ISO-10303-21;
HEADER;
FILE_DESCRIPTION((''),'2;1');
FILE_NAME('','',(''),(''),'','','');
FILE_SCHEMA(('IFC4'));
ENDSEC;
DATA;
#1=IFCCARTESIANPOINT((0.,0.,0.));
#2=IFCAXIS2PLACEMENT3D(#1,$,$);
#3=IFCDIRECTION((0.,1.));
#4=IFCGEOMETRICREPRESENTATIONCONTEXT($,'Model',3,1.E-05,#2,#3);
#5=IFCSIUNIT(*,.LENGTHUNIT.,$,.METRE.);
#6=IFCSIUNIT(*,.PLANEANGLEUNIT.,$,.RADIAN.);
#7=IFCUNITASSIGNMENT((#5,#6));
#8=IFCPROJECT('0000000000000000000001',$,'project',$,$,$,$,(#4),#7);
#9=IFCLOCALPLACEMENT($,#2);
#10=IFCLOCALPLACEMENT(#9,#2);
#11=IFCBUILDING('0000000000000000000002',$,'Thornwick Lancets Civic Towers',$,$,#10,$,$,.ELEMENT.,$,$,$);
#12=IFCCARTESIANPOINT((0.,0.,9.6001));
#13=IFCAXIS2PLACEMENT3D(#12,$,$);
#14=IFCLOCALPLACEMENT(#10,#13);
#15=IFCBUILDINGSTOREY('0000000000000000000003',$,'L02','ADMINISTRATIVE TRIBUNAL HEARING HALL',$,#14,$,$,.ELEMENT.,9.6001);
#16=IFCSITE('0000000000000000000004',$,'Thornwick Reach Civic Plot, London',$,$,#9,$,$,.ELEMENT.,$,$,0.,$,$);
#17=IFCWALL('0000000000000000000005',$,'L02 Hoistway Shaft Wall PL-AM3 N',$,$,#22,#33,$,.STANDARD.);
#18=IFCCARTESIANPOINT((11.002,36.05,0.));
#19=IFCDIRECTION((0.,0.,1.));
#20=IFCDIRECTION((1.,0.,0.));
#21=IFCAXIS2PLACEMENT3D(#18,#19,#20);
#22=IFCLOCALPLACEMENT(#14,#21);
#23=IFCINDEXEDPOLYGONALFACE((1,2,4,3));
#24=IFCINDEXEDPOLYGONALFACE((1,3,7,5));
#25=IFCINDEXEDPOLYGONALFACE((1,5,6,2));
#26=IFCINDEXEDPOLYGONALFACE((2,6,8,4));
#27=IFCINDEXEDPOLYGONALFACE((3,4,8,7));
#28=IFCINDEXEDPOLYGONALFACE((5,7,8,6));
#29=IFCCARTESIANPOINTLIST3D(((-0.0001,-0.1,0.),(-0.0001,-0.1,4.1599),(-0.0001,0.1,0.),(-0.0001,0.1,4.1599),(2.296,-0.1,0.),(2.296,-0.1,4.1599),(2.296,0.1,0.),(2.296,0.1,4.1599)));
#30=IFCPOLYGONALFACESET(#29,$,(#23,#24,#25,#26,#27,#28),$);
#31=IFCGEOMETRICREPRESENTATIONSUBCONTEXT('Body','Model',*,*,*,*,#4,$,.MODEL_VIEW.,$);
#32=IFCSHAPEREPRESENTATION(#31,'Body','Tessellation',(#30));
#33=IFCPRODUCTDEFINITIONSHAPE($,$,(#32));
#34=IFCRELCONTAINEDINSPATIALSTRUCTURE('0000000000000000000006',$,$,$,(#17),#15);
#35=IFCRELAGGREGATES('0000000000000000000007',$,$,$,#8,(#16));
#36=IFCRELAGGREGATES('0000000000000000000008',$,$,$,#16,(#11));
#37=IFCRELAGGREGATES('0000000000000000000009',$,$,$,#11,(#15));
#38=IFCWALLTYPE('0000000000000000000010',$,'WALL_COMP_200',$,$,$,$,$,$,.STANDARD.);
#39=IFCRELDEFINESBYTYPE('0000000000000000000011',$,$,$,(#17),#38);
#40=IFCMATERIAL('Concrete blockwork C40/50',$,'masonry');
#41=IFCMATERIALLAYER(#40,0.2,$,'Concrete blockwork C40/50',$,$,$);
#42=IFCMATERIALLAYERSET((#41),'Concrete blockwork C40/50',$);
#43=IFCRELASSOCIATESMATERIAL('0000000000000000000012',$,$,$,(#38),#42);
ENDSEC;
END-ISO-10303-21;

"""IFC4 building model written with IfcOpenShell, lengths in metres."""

from ifc_helpers import new_model, si_unit, direction, frame, frame_2d, origin, place, context, subcontext, project, spatial, rectangle, extrude, material, layer, layer_set, type_object, element, save


model = new_model("IFC4")

# Units and contexts
model_context = context("Model", 3, precision=1e-05, world=origin(), true_north=direction((0.0, 1.0)))
body_context = subcontext(model_context, "Body", "Model", "MODEL_VIEW")
ifc_project = project(units=[si_unit("LENGTHUNIT", "METRE"), si_unit("PLANEANGLEUNIT", "RADIAN")], contexts=[model_context])

# Site, building, storey
site_placement = place(None, origin())
site = spatial("IfcSite", under=ifc_project, at=site_placement, Name="Thornwick Reach Civic Plot, London", CompositionType="ELEMENT", RefElevation=0.0)
building_placement = place(site_placement, origin())
building = spatial("IfcBuilding", under=site, at=building_placement, Name="Thornwick Lancets Civic Towers", CompositionType="ELEMENT")
storey_placement = place(building_placement, frame((0.0, 0.0, 9.6001)))
storey = spatial("IfcBuildingStorey", under=building, at=storey_placement, Name="L02", Description="ADMINISTRATIVE TRIBUNAL HEARING HALL", CompositionType="ELEMENT", Elevation=9.6001)

# Shared definitions
ifc_material_1 = material(Name="Concrete blockwork C40/50", Category="masonry")
ifc_layer_1 = layer(ifc_material_1, 0.2, Name="Concrete blockwork C40/50")
ifc_layer_set_1 = layer_set([ifc_layer_1], Name="Concrete blockwork C40/50")
wall_type_1 = type_object("IfcWallType", Name="WALL_COMP_200", PredefinedType="STANDARD", material=ifc_layer_set_1)

# Wall
wall_1_placement = place(storey_placement, frame((11.002, 36.05, 0.0), z_axis=(0.0, 0.0, 1.0), x_axis=(1.0, 0.0, 0.0)))
element("IfcWall", 1, at=wall_1_placement, inside=storey, type_object=wall_type_1, Name="L02 Hoistway Shaft Wall PL-AM3 N", PredefinedType="STANDARD", context=body_context, shape_type="SweptSolid", body=[
    extrude(rectangle(XDim=2.2961, YDim=0.2, at=frame_2d((1.1479, 0.0))), origin(), (0.0, 0.0, 1.0), 4.1599),
])

save(model, "model.ifc")
